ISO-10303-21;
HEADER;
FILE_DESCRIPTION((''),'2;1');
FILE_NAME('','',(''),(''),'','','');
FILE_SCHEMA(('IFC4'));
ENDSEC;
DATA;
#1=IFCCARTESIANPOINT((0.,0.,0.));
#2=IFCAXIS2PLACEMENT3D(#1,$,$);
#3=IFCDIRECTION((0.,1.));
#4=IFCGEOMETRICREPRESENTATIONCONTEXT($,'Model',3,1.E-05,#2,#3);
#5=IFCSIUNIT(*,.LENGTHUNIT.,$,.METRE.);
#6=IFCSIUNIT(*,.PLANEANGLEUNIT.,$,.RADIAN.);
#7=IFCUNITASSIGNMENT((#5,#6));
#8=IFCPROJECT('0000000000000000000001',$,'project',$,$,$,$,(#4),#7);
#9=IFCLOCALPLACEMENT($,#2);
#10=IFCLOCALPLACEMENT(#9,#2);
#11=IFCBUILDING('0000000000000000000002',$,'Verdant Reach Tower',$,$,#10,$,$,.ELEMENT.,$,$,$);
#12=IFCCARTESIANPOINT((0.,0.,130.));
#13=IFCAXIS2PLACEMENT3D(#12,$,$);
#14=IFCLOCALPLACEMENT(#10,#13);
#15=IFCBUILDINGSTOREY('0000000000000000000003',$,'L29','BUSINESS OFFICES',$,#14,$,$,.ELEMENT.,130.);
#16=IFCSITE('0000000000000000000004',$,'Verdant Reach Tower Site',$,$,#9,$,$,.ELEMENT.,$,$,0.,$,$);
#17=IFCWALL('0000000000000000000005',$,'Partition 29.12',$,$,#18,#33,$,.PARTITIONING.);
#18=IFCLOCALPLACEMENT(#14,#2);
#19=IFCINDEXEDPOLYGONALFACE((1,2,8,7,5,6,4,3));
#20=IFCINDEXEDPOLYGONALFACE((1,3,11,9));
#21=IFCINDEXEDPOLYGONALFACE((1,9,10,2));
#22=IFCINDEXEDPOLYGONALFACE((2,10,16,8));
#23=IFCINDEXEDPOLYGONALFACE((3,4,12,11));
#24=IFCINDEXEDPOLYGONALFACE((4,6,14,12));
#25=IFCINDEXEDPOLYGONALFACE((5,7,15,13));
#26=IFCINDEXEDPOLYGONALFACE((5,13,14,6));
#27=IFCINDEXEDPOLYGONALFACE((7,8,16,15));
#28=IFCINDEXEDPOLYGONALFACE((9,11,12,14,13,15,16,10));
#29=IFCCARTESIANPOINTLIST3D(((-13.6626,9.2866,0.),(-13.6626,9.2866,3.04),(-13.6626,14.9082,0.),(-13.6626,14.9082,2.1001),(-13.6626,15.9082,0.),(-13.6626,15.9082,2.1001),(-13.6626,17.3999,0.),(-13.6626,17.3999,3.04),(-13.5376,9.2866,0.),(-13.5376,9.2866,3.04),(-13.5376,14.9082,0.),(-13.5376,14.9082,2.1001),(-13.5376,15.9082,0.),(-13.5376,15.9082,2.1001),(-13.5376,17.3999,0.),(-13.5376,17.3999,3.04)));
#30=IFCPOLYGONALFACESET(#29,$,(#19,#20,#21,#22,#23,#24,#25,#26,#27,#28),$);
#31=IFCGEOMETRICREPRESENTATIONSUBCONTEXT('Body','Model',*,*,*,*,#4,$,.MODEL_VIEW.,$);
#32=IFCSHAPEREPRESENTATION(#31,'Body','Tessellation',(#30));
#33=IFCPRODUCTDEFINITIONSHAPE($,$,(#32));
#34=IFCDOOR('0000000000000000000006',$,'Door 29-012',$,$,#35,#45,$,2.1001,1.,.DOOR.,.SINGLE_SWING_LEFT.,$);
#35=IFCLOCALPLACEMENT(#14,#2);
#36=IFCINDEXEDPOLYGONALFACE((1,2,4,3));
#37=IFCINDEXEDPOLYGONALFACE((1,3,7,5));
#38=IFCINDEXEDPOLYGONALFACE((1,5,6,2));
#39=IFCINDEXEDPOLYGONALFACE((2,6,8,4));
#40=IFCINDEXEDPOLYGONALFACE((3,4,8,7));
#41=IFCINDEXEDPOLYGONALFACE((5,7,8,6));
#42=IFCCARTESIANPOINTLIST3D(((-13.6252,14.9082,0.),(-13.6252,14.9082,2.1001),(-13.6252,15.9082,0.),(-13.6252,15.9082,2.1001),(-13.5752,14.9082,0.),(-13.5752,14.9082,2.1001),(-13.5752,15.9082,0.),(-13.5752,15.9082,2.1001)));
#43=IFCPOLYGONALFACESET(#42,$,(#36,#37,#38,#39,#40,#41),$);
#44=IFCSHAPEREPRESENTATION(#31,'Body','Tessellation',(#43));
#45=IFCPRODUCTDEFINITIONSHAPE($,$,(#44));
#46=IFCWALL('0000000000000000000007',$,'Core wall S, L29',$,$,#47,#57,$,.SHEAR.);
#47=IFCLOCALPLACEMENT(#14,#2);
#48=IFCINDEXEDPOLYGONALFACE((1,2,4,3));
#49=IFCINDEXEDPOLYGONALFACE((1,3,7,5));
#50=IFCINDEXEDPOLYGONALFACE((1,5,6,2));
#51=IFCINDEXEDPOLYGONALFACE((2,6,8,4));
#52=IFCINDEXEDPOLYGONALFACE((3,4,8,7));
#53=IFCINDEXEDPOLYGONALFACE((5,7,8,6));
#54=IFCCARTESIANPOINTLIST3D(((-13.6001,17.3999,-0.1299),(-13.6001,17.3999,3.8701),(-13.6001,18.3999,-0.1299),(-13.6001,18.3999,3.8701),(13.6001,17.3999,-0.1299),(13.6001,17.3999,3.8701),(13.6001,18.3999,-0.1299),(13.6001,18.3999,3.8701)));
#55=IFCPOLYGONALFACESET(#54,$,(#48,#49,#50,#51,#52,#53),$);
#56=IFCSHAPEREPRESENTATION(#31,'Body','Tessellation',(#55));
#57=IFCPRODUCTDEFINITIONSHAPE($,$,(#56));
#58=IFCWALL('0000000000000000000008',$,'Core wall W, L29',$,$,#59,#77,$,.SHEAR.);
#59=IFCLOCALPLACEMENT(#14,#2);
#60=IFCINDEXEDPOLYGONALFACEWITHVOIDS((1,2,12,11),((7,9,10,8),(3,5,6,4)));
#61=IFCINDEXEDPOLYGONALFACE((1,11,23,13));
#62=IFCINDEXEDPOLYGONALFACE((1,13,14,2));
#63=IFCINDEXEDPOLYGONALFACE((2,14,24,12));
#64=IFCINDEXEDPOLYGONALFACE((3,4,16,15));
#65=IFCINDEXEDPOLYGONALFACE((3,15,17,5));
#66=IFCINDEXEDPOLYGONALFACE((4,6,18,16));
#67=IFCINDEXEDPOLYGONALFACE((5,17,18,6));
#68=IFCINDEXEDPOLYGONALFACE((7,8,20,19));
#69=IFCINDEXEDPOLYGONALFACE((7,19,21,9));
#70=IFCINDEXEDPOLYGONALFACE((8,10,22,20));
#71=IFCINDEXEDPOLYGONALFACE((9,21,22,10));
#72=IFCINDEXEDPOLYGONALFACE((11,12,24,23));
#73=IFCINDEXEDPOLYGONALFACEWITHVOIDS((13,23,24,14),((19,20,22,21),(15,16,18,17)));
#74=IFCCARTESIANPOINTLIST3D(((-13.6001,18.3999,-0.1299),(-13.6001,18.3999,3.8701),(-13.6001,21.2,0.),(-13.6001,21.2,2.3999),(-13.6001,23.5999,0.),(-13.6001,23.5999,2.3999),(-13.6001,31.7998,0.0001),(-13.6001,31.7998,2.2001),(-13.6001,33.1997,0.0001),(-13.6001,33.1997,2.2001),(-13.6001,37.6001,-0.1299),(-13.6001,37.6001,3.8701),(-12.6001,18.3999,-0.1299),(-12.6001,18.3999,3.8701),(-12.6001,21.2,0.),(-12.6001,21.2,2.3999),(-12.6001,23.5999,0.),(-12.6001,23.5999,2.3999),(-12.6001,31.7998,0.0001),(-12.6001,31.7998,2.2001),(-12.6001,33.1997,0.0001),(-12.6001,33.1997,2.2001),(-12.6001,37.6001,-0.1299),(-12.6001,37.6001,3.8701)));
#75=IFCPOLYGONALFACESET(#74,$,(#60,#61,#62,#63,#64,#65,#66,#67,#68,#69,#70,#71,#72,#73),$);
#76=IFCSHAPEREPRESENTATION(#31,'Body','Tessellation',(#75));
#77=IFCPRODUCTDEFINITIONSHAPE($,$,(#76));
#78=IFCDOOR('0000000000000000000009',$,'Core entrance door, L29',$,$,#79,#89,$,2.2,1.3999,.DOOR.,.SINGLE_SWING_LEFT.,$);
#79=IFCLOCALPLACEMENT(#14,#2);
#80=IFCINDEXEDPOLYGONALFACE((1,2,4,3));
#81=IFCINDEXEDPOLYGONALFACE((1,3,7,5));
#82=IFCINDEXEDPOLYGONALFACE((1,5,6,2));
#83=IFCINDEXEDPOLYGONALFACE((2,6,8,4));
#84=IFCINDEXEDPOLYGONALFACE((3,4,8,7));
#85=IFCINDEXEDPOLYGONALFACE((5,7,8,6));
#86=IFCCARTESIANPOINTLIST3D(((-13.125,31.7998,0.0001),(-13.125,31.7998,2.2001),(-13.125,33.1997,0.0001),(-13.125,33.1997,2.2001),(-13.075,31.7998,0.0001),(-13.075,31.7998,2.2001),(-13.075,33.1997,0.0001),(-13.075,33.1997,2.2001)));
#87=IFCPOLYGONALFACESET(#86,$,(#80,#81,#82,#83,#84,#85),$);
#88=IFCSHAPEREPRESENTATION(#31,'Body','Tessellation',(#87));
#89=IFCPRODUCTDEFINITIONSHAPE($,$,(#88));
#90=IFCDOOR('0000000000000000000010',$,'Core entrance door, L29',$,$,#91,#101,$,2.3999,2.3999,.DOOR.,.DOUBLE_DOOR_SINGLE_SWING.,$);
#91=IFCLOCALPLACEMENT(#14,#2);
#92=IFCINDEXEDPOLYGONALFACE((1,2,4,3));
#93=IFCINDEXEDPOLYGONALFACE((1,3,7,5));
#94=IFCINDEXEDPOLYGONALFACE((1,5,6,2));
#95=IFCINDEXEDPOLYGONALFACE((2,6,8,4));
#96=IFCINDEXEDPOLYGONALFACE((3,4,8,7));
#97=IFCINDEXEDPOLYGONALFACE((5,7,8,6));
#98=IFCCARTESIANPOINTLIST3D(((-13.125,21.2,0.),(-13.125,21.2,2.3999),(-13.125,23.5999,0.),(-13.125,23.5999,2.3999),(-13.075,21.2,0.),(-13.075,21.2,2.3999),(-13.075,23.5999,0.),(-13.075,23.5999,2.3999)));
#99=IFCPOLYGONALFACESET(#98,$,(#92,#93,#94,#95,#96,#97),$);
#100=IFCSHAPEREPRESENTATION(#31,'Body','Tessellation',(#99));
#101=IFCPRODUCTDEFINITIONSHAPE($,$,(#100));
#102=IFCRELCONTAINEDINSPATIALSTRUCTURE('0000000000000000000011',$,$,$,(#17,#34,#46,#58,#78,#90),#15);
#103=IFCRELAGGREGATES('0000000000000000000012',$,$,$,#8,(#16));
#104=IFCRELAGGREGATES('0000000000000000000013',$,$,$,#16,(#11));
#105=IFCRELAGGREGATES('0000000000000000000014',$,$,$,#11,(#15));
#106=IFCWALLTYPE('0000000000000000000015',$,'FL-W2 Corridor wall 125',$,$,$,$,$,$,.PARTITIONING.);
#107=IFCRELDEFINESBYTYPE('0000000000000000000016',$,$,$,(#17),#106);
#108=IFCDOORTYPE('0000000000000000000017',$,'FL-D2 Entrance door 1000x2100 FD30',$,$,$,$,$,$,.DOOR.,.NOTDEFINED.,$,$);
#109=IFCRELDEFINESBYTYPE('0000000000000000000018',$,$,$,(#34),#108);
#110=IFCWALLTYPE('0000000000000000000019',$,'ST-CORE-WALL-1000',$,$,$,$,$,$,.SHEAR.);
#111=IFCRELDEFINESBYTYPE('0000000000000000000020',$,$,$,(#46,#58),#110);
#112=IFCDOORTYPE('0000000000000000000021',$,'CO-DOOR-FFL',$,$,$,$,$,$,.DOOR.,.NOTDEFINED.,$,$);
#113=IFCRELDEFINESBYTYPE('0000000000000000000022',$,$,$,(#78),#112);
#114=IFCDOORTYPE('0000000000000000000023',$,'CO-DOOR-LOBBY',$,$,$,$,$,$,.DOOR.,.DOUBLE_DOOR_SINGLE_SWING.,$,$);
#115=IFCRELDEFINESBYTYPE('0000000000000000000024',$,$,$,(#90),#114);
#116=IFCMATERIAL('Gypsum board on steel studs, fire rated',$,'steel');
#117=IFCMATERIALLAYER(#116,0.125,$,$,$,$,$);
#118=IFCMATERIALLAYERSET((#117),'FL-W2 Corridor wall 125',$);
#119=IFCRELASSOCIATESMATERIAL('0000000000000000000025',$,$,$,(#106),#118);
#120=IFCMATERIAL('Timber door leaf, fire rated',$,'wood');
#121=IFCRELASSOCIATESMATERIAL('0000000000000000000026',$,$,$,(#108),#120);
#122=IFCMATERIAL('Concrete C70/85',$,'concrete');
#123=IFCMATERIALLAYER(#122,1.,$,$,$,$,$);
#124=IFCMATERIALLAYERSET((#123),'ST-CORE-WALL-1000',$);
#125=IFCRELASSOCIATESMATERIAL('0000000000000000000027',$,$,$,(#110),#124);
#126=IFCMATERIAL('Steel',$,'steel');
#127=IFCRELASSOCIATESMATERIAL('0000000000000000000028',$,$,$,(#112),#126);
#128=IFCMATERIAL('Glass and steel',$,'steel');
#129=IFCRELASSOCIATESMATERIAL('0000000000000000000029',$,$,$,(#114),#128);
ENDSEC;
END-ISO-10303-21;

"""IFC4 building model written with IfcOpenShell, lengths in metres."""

from ifc_helpers import new_model, si_unit, direction, frame, frame_2d, origin, place, context, subcontext, project, spatial, rectangle, extrude, material, layer, layer_set, type_object, element, fill, save


model = new_model("IFC4")

# Units and contexts
model_context = context("Model", 3, precision=1e-05, world=origin(), true_north=direction((0.0, 1.0)))
body_context = subcontext(model_context, "Body", "Model", "MODEL_VIEW")
ifc_project = project(units=[si_unit("LENGTHUNIT", "METRE"), si_unit("PLANEANGLEUNIT", "RADIAN")], contexts=[model_context])

# Site, building, storey
site_placement = place(None, origin())
site = spatial("IfcSite", under=ifc_project, at=site_placement, Name="Verdant Reach Tower Site", CompositionType="ELEMENT", RefElevation=0.0)
building_placement = place(site_placement, origin())
building = spatial("IfcBuilding", under=site, at=building_placement, Name="Verdant Reach Tower", CompositionType="ELEMENT")
storey_placement = place(building_placement, frame((0.0, 0.0, 130.0)))
storey = spatial("IfcBuildingStorey", under=building, at=storey_placement, Name="L29", Description="BUSINESS OFFICES", CompositionType="ELEMENT", Elevation=130.0)

# Wall, opening, door
ifc_material_1 = material(Name="Gypsum board on steel studs, fire rated", Category="steel")
ifc_layer_1 = layer(ifc_material_1, 0.125)
ifc_layer_set_1 = layer_set([ifc_layer_1], Name="FL-W2 Corridor wall 125")
wall_type_1 = type_object("IfcWallType", Name="FL-W2 Corridor wall 125", PredefinedType="PARTITIONING", material=ifc_layer_set_1)
wall_1_placement = place(storey_placement, frame((-13.6001, 17.3999, 0.0), z_axis=(0.0, 0.0, 1.0), x_axis=(0.0, -1.0, 0.0)))
wall_1 = element("IfcWall", 1, at=wall_1_placement, inside=storey, type_object=wall_type_1, Name="Partition 29.12", PredefinedType="PARTITIONING", context=body_context, shape_type="SweptSolid", body=[
    extrude(rectangle(XDim=8.1133, YDim=0.125, at=frame_2d((4.0566, 0.0))), origin(), (0.0, 0.0, 1.0), 3.04),
])
opening_1_placement = place(wall_1_placement, frame((1.4917, 0.0, 0.0)))
opening_1 = element("IfcOpeningElement", 2, at=opening_1_placement, cuts=wall_1, PredefinedType="OPENING", context=body_context, shape_type="SweptSolid", body=[
    extrude(rectangle(XDim=1.0, YDim=2.1001, at=frame_2d((0.5, 1.05))), frame((0.0, 0.0725, 0.0), z_axis=(0.0, -1.0, 0.0), x_axis=(1.0, 0.0, 0.0)), (0.0, 0.0, 1.0), 0.145),
])
ifc_material_2 = material(Name="Timber door leaf, fire rated", Category="wood")
door_type_1 = type_object("IfcDoorType", Name="FL-D2 Entrance door 1000x2100 FD30", OperationType="NOTDEFINED", PredefinedType="DOOR", material=ifc_material_2)
door_1_placement = place(opening_1_placement, origin())
door_1 = element("IfcDoor", 3, at=door_1_placement, inside=storey, type_object=door_type_1, Name="Door 29-012", OperationType="SINGLE_SWING_LEFT", OverallHeight=2.1001, OverallWidth=1.0, PredefinedType="DOOR", context=body_context, shape_type="SweptSolid", body=[
    extrude(rectangle(XDim=1.0, YDim=2.1001, at=frame_2d((0.5, 1.05))), frame((0.0, 0.0249, 0.0), z_axis=(0.0, -1.0, 0.0), x_axis=(1.0, 0.0, 0.0)), (0.0, 0.0, 1.0), 0.05),
])
fill(opening_1, door_1)

# Wall
ifc_material_3 = material(Name="Concrete C70/85", Category="concrete")
ifc_layer_2 = layer(ifc_material_3, 1.0)
ifc_layer_set_2 = layer_set([ifc_layer_2], Name="ST-CORE-WALL-1000")
wall_type_2 = type_object("IfcWallType", Name="ST-CORE-WALL-1000", PredefinedType="SHEAR", material=ifc_layer_set_2)
wall_2_placement = place(storey_placement, frame((-13.6001, 17.8999, -0.1299), z_axis=(0.0, 0.0, 1.0), x_axis=(1.0, 0.0, 0.0)))
element("IfcWall", 4, at=wall_2_placement, inside=storey, type_object=wall_type_2, Name="Core wall S, L29", PredefinedType="SHEAR", context=body_context, shape_type="SweptSolid", body=[
    extrude(rectangle(XDim=27.2002, YDim=1.0, at=frame_2d((13.6001, 0.0))), origin(), (0.0, 0.0, 1.0), 4.0),
])

# Wall, openings, doors
wall_3_placement = place(storey_placement, frame((-13.1001, 18.3999, -0.1299), z_axis=(0.0, 0.0, 1.0), x_axis=(0.0, 1.0, 0.0)))
wall_3 = element("IfcWall", 5, at=wall_3_placement, inside=storey, type_object=wall_type_2, Name="Core wall W, L29", PredefinedType="SHEAR", context=body_context, shape_type="SweptSolid", body=[
    extrude(rectangle(XDim=19.2002, YDim=1.0, at=frame_2d((9.6001, 0.0))), origin(), (0.0, 0.0, 1.0), 4.0),
])
opening_2_placement = place(wall_3_placement, frame((2.8, 0.0, 0.1299)))
opening_2 = element("IfcOpeningElement", 6, at=opening_2_placement, cuts=wall_3, PredefinedType="OPENING", context=body_context, shape_type="SweptSolid", body=[
    extrude(rectangle(XDim=2.3999, YDim=2.3999, at=frame_2d((1.2, 1.2))), frame((0.0, 0.51, 0.0), z_axis=(0.0, -1.0, 0.0), x_axis=(1.0, 0.0, 0.0)), (0.0, 0.0, 1.0), 1.02),
])
opening_3_placement = place(wall_3_placement, frame((13.3999, 0.0, 0.1299)))
opening_3 = element("IfcOpeningElement", 7, at=opening_3_placement, cuts=wall_3, PredefinedType="OPENING", context=body_context, shape_type="SweptSolid", body=[
    extrude(rectangle(XDim=1.3999, YDim=2.2, at=frame_2d((0.7, 1.1001))), frame((0.0, 0.51, 0.0), z_axis=(0.0, -1.0, 0.0), x_axis=(1.0, 0.0, 0.0)), (0.0, 0.0, 1.0), 1.02),
])
ifc_material_4 = material(Name="Steel", Category="steel")
door_type_2 = type_object("IfcDoorType", Name="CO-DOOR-FFL", OperationType="NOTDEFINED", PredefinedType="DOOR", material=ifc_material_4)
door_2_placement = place(opening_3_placement, origin())
door_2 = element("IfcDoor", 8, at=door_2_placement, inside=storey, type_object=door_type_2, Name="Core entrance door, L29", OperationType="SINGLE_SWING_LEFT", OverallHeight=2.2, OverallWidth=1.3999, PredefinedType="DOOR", context=body_context, shape_type="SweptSolid", body=[
    extrude(rectangle(XDim=1.3999, YDim=2.2, at=frame_2d((0.7, 1.1001))), frame((0.0, 0.0249, 0.0), z_axis=(0.0, -1.0, 0.0), x_axis=(1.0, 0.0, 0.0)), (0.0, 0.0, 1.0), 0.05),
])
fill(opening_3, door_2)
ifc_material_5 = material(Name="Glass and steel", Category="steel")
door_type_3 = type_object("IfcDoorType", Name="CO-DOOR-LOBBY", OperationType="DOUBLE_DOOR_SINGLE_SWING", PredefinedType="DOOR", material=ifc_material_5)
door_3_placement = place(opening_2_placement, origin())
door_3 = element("IfcDoor", 9, at=door_3_placement, inside=storey, type_object=door_type_3, Name="Core entrance door, L29", OperationType="DOUBLE_DOOR_SINGLE_SWING", OverallHeight=2.3999, OverallWidth=2.3999, PredefinedType="DOOR", context=body_context, shape_type="SweptSolid", body=[
    extrude(rectangle(XDim=2.3999, YDim=2.3999, at=frame_2d((1.2, 1.2))), frame((0.0, 0.0249, 0.0), z_axis=(0.0, -1.0, 0.0), x_axis=(1.0, 0.0, 0.0)), (0.0, 0.0, 1.0), 0.05),
])
fill(opening_2, door_3)

save(model, "model.ifc")
